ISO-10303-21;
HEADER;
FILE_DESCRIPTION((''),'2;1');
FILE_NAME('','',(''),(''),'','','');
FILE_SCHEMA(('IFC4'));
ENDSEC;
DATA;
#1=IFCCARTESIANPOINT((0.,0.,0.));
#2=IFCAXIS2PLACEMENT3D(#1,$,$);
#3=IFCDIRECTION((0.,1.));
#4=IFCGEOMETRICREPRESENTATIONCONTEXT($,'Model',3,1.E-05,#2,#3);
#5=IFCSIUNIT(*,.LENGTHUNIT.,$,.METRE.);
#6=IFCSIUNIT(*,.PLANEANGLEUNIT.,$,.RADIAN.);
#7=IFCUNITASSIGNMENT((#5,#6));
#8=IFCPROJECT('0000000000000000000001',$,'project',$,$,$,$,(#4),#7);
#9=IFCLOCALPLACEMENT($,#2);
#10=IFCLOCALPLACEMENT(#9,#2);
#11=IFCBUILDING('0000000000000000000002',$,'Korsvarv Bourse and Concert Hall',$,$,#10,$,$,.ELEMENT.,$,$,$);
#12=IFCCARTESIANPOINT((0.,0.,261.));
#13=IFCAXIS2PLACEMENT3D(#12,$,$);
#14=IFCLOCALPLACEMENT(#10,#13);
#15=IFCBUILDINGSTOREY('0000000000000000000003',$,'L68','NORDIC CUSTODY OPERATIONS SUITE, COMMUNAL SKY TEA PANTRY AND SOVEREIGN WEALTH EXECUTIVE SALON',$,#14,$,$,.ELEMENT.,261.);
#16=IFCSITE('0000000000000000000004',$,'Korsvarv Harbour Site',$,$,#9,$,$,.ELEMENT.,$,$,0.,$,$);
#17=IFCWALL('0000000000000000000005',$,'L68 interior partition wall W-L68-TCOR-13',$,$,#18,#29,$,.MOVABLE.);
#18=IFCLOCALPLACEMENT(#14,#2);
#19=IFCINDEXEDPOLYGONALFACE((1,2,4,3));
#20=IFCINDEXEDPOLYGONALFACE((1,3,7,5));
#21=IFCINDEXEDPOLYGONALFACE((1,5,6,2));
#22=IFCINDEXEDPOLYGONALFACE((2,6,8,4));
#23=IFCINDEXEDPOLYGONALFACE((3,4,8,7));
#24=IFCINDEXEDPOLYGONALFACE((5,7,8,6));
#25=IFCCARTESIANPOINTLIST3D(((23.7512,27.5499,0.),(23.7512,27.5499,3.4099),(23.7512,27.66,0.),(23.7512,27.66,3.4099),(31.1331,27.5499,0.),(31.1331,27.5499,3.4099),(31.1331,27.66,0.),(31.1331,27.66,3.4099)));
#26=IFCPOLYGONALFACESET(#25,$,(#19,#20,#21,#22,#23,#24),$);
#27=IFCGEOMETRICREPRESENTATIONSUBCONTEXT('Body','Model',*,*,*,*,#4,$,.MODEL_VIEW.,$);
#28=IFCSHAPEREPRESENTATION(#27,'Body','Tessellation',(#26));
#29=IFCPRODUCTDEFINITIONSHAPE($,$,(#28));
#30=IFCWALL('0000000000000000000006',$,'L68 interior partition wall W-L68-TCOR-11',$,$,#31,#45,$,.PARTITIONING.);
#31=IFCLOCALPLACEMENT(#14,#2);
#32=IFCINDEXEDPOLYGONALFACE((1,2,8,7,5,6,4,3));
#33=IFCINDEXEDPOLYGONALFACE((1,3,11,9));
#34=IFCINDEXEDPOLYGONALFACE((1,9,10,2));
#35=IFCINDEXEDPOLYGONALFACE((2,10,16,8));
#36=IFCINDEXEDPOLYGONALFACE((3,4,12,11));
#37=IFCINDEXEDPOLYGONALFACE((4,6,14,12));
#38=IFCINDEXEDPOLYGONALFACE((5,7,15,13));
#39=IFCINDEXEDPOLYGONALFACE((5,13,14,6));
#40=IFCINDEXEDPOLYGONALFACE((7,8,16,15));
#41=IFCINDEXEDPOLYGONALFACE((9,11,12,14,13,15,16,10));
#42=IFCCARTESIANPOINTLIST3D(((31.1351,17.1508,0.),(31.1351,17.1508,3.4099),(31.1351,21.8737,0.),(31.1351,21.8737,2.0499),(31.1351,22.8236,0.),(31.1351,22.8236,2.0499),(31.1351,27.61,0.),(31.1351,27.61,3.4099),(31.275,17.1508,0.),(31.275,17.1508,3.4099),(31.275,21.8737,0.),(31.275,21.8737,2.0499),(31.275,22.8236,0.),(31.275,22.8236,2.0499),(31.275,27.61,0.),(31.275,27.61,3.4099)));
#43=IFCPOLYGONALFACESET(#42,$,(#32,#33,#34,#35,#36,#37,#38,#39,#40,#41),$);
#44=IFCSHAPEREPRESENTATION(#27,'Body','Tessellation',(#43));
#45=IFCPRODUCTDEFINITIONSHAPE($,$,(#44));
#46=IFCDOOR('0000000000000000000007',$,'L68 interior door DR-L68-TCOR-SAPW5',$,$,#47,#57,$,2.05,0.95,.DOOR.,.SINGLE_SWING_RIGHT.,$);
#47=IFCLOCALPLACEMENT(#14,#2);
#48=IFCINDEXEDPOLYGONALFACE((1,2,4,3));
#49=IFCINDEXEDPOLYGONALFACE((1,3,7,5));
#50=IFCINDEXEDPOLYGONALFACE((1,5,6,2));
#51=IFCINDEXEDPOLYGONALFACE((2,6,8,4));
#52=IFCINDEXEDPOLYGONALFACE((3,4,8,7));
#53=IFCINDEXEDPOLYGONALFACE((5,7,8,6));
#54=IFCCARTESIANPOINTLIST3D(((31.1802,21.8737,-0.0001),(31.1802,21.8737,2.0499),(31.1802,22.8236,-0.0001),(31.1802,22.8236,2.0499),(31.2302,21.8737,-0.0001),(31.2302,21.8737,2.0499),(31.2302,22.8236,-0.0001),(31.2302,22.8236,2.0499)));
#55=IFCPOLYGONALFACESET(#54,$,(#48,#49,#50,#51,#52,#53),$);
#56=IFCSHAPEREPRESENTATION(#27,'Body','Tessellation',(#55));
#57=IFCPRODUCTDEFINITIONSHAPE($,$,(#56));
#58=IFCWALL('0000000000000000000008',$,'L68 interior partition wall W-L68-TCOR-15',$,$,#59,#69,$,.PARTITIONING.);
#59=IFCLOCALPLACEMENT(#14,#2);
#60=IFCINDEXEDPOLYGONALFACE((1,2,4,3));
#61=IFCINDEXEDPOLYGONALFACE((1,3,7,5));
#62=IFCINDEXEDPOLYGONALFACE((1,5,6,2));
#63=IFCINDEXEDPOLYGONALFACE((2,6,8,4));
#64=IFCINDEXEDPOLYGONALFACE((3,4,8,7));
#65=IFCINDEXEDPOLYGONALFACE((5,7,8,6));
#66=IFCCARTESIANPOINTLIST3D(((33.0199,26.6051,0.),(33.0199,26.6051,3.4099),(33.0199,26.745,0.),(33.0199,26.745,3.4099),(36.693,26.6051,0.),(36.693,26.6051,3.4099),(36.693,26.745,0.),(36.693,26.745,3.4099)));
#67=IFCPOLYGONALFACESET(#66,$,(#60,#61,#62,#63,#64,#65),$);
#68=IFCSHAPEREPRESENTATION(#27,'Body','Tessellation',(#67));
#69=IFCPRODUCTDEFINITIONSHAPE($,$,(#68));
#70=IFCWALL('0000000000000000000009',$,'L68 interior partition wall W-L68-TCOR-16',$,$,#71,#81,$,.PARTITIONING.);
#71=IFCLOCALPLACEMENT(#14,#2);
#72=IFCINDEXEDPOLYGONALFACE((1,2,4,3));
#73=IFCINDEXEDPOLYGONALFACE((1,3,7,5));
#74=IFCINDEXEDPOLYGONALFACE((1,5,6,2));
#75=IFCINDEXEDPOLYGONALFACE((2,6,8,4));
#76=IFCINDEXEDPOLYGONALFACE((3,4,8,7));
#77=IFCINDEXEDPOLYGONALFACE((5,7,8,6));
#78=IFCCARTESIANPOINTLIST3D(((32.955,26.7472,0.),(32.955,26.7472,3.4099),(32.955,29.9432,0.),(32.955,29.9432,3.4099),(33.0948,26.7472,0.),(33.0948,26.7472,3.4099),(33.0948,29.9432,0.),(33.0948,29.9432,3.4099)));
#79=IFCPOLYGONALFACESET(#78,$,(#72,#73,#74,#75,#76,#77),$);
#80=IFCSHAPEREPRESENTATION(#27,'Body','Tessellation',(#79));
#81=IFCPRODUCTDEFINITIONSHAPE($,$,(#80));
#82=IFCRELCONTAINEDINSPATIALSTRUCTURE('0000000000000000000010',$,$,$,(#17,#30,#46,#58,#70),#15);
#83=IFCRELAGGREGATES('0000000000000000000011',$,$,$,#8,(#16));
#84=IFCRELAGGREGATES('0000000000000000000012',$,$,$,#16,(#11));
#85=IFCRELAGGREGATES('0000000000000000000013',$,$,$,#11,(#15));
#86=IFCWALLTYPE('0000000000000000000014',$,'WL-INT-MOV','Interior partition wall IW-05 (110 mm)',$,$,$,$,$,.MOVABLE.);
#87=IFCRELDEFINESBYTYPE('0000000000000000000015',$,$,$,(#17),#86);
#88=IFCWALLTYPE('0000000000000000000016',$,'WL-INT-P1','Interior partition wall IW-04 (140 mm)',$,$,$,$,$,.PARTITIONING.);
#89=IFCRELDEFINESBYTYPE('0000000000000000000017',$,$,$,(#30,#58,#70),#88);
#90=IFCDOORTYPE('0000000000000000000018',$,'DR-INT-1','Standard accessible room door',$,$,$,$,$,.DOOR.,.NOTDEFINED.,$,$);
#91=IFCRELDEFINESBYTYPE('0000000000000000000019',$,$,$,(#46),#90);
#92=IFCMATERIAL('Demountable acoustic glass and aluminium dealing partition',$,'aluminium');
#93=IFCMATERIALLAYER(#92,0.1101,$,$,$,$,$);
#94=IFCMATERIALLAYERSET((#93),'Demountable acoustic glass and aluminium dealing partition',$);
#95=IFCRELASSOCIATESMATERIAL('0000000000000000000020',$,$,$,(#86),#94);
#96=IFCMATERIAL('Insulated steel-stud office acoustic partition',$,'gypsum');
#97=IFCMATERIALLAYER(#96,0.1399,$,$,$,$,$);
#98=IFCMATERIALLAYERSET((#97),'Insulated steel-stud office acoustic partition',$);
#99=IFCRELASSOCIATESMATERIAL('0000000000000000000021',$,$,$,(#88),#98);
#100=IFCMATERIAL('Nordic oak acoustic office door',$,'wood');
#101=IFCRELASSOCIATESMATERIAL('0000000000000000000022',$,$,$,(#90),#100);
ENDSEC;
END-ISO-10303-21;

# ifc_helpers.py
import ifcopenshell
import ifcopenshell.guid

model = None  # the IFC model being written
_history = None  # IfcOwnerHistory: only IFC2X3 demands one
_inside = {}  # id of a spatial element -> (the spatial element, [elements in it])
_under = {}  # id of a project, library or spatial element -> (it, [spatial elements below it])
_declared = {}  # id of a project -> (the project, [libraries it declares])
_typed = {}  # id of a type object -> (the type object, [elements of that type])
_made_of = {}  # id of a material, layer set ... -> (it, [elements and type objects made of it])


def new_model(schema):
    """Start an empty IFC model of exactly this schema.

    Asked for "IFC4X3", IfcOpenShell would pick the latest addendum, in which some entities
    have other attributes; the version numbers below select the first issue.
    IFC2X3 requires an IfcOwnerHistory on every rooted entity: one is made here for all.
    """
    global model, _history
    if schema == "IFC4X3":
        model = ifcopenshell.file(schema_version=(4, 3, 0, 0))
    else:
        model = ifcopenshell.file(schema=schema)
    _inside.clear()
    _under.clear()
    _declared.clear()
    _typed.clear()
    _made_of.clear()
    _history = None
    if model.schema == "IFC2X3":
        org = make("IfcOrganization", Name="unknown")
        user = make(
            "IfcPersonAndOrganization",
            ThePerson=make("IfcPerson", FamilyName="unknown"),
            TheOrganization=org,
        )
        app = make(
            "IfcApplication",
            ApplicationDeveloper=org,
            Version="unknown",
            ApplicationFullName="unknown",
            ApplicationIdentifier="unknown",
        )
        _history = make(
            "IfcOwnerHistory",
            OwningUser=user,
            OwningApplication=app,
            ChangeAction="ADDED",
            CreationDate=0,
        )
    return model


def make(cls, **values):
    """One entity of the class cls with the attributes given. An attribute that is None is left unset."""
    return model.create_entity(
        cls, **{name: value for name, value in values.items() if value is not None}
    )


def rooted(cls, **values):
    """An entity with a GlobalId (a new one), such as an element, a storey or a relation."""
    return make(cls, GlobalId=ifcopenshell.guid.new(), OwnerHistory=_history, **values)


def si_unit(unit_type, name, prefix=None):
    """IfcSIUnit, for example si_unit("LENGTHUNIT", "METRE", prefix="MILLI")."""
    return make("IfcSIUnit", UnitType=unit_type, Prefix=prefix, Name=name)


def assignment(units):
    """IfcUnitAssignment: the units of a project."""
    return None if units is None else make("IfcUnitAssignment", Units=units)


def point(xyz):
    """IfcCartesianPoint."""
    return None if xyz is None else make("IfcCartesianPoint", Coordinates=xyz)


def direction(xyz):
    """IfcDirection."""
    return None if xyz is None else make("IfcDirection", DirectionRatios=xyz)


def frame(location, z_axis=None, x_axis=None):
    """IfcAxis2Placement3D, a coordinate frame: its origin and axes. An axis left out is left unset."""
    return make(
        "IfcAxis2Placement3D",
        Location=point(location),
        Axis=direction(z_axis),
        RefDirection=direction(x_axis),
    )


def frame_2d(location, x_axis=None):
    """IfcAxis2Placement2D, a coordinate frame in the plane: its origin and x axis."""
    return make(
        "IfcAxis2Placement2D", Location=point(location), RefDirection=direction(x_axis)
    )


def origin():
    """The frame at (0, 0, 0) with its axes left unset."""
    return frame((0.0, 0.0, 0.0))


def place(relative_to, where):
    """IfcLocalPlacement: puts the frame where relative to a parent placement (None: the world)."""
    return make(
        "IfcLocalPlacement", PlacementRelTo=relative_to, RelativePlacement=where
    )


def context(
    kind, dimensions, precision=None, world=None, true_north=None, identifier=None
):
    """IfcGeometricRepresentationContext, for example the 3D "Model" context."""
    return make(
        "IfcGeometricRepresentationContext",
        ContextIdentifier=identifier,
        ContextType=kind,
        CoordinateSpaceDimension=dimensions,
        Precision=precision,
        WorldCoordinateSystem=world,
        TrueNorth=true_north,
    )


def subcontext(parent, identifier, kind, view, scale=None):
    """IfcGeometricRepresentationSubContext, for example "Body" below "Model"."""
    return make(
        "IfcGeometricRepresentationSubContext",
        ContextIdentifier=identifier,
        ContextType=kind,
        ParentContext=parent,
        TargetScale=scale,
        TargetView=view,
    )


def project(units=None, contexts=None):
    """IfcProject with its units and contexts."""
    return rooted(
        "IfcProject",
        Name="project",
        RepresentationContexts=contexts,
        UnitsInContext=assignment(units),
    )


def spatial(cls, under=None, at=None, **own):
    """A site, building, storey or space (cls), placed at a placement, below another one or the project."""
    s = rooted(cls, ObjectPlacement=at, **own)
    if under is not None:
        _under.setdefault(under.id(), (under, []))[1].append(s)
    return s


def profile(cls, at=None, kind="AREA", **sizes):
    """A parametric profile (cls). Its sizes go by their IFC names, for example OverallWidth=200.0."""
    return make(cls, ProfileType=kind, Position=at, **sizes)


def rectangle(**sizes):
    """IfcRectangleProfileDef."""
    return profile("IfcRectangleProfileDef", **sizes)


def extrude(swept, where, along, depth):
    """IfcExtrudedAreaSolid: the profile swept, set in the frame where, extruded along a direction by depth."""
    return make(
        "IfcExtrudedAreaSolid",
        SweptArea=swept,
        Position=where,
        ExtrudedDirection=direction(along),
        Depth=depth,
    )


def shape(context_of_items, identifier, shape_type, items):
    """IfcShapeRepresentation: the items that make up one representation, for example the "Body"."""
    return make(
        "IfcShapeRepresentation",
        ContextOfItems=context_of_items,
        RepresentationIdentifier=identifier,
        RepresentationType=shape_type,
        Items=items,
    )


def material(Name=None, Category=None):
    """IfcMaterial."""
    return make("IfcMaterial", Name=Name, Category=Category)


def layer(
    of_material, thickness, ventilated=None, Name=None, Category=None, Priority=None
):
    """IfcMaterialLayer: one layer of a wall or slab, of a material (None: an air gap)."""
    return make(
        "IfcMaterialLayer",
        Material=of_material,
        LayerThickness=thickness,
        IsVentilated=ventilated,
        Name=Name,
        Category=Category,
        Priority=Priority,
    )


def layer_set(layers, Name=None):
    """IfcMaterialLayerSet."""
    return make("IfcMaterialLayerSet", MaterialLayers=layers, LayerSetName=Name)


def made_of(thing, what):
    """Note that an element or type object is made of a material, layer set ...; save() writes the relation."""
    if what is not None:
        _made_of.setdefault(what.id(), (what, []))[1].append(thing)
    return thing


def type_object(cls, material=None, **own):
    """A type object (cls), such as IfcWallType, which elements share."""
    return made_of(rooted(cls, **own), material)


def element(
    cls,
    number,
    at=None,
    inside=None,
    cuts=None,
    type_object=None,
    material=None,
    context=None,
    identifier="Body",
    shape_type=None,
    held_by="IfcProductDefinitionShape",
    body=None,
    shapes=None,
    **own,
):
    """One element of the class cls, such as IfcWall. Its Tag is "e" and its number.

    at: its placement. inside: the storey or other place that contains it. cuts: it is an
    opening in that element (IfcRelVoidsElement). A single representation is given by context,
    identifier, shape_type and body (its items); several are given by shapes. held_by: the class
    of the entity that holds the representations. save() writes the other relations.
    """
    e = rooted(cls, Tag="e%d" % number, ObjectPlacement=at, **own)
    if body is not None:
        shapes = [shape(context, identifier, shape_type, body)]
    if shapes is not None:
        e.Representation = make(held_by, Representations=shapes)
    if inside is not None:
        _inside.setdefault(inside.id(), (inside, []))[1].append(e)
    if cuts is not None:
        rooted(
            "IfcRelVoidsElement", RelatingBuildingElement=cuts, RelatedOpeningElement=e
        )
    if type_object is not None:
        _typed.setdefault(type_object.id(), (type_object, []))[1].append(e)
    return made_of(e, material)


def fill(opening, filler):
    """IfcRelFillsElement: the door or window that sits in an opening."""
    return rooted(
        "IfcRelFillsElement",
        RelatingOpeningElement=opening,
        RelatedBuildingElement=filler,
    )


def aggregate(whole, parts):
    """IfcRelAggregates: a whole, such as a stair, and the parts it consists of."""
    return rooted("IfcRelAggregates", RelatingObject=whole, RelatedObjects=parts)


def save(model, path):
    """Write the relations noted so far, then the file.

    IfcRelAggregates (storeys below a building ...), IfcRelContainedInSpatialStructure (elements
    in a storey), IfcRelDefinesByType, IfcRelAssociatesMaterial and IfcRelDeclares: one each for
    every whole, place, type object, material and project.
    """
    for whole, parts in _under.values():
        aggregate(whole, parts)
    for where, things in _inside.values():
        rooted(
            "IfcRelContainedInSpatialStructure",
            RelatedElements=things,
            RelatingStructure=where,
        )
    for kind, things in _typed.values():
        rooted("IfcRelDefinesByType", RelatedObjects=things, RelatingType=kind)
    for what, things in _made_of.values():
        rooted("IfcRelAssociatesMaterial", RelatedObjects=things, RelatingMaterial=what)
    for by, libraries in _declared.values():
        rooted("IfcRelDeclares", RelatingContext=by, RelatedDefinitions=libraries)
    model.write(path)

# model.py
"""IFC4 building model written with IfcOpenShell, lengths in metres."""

from ifc_helpers import new_model, si_unit, direction, frame, frame_2d, origin, place, context, subcontext, project, spatial, rectangle, extrude, material, layer, layer_set, type_object, element, fill, save


model = new_model("IFC4")

# Units and contexts
model_context = context("Model", 3, precision=1e-05, world=origin(), true_north=direction((0.0, 1.0)))
body_context = subcontext(model_context, "Body", "Model", "MODEL_VIEW")
ifc_project = project(units=[si_unit("LENGTHUNIT", "METRE"), si_unit("PLANEANGLEUNIT", "RADIAN")], contexts=[model_context])

# Site, building, storey
site_placement = place(None, origin())
site = spatial("IfcSite", under=ifc_project, at=site_placement, Name="Korsvarv Harbour Site", CompositionType="ELEMENT", RefElevation=0.0)
building_placement = place(site_placement, origin())
building = spatial("IfcBuilding", under=site, at=building_placement, Name="Korsvarv Bourse and Concert Hall", CompositionType="ELEMENT")
storey_placement = place(building_placement, frame((0.0, 0.0, 261.0)))
storey = spatial("IfcBuildingStorey", under=building, at=storey_placement, Name="L68", Description="NORDIC CUSTODY OPERATIONS SUITE, COMMUNAL SKY TEA PANTRY AND SOVEREIGN WEALTH EXECUTIVE SALON", CompositionType="ELEMENT", Elevation=261.0)

# Wall
ifc_material_1 = material(Name="Demountable acoustic glass and aluminium dealing partition", Category="aluminium")
ifc_layer_1 = layer(ifc_material_1, 0.1101)
ifc_layer_set_1 = layer_set([ifc_layer_1], Name="Demountable acoustic glass and aluminium dealing partition")
wall_type_1 = type_object("IfcWallType", Name="WL-INT-MOV", Description="Interior partition wall IW-05 (110 mm)", PredefinedType="MOVABLE", material=ifc_layer_set_1)
wall_1_placement = place(storey_placement, frame((23.7512, 27.605, 0.0), z_axis=(0.0, 0.0, 1.0), x_axis=(1.0, 0.0, 0.0)))
element("IfcWall", 1, at=wall_1_placement, inside=storey, type_object=wall_type_1, Name="L68 interior partition wall W-L68-TCOR-13", PredefinedType="MOVABLE", context=body_context, shape_type="SweptSolid", body=[
    extrude(rectangle(XDim=7.3818, YDim=0.1101, at=frame_2d((3.6909, 0.0))), origin(), (0.0, 0.0, 1.0), 3.4099),
])

# Wall, opening, door
ifc_material_2 = material(Name="Insulated steel-stud office acoustic partition", Category="gypsum")
ifc_layer_2 = layer(ifc_material_2, 0.1399)
ifc_layer_set_2 = layer_set([ifc_layer_2], Name="Insulated steel-stud office acoustic partition")
wall_type_2 = type_object("IfcWallType", Name="WL-INT-P1", Description="Interior partition wall IW-04 (140 mm)", PredefinedType="PARTITIONING", material=ifc_layer_set_2)
wall_2_placement = place(storey_placement, frame((31.2051, 17.1509, 0.0), z_axis=(0.0, 0.0, 1.0), x_axis=(0.0, 1.0, 0.0)))
wall_2 = element("IfcWall", 2, at=wall_2_placement, inside=storey, type_object=wall_type_2, Name="L68 interior partition wall W-L68-TCOR-11", PredefinedType="PARTITIONING", context=body_context, shape_type="SweptSolid", body=[
    extrude(rectangle(XDim=10.4592, YDim=0.1399, at=frame_2d((5.2295, 0.0))), origin(), (0.0, 0.0, 1.0), 3.4099),
])
opening_1_placement = place(wall_2_placement, frame((4.7227, 0.0, 0.0)))
opening_1 = element("IfcOpeningElement", 3, at=opening_1_placement, cuts=wall_2, PredefinedType="OPENING", context=body_context, shape_type="SweptSolid", body=[
    extrude(rectangle(XDim=0.95, YDim=2.05, at=frame_2d((0.4751, 1.0249))), frame((0.0, 0.0801, 0.0), z_axis=(0.0, -1.0, 0.0), x_axis=(1.0, 0.0, 0.0)), (0.0, 0.0, 1.0), 0.1599),
])
ifc_material_3 = material(Name="Nordic oak acoustic office door", Category="wood")
door_type_1 = type_object("IfcDoorType", Name="DR-INT-1", Description="Standard accessible room door", OperationType="NOTDEFINED", PredefinedType="DOOR", material=ifc_material_3)
door_1_placement = place(opening_1_placement, origin())
door_1 = element("IfcDoor", 4, at=door_1_placement, inside=storey, type_object=door_type_1, Name="L68 interior door DR-L68-TCOR-SAPW5", OperationType="SINGLE_SWING_RIGHT", OverallHeight=2.05, OverallWidth=0.95, PredefinedType="DOOR", context=body_context, shape_type="SweptSolid", body=[
    extrude(rectangle(XDim=0.95, YDim=2.05, at=frame_2d((0.4751, 1.0249))), frame((0.0, 0.0249, 0.0), z_axis=(0.0, -1.0, 0.0), x_axis=(1.0, 0.0, 0.0)), (0.0, 0.0, 1.0), 0.05),
])
fill(opening_1, door_1)

# Walls
wall_3_placement = place(storey_placement, frame((33.02, 26.675, 0.0), z_axis=(0.0, 0.0, 1.0), x_axis=(1.0, 0.0, 0.0)))
element("IfcWall", 5, at=wall_3_placement, inside=storey, type_object=wall_type_2, Name="L68 interior partition wall W-L68-TCOR-15", PredefinedType="PARTITIONING", context=body_context, shape_type="SweptSolid", body=[
    extrude(rectangle(XDim=3.6731, YDim=0.1399, at=frame_2d((1.8364, 0.0))), origin(), (0.0, 0.0, 1.0), 3.4099),
])
wall_4_placement = place(storey_placement, frame((33.0249, 26.7471, 0.0), z_axis=(0.0, 0.0, 1.0), x_axis=(0.0, 1.0, 0.0)))
element("IfcWall", 6, at=wall_4_placement, inside=storey, type_object=wall_type_2, Name="L68 interior partition wall W-L68-TCOR-16", PredefinedType="PARTITIONING", context=body_context, shape_type="SweptSolid", body=[
    extrude(rectangle(XDim=3.196, YDim=0.1399, at=frame_2d((1.5981, 0.0))), origin(), (0.0, 0.0, 1.0), 3.4099),
])

save(model, "model.ifc")
